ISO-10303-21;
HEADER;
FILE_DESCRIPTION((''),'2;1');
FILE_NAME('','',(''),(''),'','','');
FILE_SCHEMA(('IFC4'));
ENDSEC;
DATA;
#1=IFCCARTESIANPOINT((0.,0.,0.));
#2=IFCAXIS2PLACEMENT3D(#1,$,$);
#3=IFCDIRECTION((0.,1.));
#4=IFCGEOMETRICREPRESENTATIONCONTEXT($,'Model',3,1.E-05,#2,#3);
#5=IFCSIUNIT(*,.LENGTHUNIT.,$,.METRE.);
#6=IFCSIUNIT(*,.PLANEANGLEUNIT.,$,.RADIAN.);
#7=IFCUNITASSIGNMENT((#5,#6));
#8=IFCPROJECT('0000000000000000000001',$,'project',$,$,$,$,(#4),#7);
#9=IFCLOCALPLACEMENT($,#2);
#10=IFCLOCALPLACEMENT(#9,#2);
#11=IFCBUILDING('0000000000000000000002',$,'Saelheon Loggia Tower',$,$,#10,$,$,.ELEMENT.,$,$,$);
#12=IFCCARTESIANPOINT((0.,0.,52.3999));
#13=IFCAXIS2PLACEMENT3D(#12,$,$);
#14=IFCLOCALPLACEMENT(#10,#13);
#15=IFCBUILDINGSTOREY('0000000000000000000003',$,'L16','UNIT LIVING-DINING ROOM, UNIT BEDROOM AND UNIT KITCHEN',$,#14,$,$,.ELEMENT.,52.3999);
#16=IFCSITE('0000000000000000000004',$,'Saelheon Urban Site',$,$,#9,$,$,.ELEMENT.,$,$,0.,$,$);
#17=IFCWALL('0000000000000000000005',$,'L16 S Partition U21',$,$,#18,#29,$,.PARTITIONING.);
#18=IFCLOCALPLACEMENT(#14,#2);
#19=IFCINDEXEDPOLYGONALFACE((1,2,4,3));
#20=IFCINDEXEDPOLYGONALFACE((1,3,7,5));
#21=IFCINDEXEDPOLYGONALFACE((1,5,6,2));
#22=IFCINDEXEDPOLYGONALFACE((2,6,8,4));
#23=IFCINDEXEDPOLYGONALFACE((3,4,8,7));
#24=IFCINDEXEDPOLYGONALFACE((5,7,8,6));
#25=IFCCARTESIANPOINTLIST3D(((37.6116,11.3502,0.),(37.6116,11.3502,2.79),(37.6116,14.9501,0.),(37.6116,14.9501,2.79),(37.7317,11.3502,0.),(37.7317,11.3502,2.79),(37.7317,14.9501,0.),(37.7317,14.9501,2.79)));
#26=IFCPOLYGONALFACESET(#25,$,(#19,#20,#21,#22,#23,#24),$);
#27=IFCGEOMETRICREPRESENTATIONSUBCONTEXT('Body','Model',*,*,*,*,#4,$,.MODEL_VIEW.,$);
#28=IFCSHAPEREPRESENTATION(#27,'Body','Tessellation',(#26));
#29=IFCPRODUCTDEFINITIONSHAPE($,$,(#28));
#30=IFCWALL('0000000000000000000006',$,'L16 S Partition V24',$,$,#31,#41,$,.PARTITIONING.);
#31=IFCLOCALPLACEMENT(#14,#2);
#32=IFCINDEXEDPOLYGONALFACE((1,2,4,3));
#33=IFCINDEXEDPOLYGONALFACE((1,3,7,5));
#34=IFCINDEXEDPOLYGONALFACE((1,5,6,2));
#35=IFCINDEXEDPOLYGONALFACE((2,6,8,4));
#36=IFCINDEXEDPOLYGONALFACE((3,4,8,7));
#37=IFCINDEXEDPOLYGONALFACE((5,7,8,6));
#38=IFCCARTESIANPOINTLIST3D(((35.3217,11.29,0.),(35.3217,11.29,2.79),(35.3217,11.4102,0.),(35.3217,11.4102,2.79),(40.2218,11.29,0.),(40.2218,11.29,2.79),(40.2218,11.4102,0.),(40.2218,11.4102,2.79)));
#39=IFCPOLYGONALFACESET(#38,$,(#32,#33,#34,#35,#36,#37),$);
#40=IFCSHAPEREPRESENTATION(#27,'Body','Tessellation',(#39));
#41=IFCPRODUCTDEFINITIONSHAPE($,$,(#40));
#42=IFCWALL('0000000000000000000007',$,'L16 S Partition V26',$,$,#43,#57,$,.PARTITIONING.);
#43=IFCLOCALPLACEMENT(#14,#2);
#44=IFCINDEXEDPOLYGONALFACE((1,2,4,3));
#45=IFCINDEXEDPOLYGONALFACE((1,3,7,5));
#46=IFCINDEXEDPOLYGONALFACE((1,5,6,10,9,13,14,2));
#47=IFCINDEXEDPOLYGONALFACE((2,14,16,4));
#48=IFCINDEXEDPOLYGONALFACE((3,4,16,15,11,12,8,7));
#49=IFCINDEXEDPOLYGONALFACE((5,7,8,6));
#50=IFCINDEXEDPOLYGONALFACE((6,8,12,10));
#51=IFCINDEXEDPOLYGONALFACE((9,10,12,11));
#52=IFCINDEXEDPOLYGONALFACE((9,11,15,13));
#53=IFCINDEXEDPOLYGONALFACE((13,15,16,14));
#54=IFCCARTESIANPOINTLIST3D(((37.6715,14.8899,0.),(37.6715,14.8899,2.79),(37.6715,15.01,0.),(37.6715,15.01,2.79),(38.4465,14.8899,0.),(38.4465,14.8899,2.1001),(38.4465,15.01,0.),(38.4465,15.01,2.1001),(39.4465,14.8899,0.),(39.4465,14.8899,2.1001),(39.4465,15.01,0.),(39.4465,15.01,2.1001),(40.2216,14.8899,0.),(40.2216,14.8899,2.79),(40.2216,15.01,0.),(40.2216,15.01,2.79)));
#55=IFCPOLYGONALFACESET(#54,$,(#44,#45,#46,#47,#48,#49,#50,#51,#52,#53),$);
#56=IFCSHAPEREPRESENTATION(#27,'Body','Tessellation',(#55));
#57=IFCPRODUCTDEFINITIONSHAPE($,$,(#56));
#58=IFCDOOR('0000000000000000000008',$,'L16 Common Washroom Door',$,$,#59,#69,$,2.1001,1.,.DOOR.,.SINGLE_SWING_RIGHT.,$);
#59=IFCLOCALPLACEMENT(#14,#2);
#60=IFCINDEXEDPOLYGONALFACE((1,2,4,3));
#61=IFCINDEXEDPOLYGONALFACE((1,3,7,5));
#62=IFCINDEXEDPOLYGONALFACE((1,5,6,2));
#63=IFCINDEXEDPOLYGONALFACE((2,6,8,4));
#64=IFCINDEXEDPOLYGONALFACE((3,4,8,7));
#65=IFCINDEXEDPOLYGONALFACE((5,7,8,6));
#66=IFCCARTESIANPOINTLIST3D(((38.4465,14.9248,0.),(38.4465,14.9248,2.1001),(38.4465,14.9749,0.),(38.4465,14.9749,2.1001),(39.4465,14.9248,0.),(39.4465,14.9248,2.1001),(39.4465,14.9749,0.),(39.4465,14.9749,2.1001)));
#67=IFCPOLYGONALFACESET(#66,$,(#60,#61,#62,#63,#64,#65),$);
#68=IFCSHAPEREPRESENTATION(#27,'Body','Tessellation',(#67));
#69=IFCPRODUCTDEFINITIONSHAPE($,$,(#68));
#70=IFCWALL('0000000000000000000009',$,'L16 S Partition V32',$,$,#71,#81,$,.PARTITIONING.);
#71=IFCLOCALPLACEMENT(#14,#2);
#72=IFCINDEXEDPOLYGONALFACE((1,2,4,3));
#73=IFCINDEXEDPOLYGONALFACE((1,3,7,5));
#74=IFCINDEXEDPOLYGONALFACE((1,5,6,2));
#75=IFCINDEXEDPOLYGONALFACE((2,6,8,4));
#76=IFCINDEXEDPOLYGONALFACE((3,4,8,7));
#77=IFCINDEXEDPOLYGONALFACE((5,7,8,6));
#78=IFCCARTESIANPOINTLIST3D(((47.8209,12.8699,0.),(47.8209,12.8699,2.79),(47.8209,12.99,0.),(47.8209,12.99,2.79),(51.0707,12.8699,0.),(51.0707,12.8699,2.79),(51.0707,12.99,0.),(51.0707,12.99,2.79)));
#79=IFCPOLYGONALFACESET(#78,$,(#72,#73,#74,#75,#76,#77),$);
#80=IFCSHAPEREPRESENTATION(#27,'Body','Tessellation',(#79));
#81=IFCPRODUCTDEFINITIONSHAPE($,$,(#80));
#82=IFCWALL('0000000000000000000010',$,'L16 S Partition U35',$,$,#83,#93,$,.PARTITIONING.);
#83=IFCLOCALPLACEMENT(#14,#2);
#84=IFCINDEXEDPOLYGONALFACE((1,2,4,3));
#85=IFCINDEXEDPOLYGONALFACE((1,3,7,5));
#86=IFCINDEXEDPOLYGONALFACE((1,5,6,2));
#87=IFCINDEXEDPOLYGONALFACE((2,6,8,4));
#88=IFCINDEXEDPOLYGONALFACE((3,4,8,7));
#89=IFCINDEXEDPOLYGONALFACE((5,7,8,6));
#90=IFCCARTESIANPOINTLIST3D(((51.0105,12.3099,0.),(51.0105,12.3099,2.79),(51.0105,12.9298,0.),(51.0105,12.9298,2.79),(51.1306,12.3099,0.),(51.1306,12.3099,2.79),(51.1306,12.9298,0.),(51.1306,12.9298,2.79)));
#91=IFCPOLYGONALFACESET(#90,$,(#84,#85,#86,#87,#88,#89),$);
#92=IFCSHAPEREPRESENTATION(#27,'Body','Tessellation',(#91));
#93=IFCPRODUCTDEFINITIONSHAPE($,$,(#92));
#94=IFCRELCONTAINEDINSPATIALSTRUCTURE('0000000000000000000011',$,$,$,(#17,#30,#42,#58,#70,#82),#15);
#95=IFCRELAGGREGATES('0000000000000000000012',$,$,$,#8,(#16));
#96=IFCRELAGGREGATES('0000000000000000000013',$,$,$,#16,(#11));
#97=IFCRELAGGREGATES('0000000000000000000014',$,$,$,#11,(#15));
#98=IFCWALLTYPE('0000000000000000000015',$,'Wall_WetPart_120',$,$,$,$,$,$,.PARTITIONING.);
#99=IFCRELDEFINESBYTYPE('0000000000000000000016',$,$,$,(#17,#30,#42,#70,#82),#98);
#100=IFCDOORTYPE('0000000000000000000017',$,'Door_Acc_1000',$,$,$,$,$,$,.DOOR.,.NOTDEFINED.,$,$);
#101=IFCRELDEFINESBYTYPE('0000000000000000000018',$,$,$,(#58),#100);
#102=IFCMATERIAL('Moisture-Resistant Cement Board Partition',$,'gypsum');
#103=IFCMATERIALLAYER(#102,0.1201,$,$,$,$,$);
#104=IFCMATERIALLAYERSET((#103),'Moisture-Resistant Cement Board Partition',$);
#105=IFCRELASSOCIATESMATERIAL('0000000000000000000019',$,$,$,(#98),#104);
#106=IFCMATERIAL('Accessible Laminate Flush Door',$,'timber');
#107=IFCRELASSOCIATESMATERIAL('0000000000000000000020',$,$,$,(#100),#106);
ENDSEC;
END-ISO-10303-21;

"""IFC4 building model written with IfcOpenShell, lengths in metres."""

from ifc_helpers import new_model, si_unit, direction, frame, frame_2d, origin, place, context, subcontext, project, spatial, rectangle, extrude, source, transform, mapped, material, layer, layer_set, type_object, element, fill, save


model = new_model("IFC4")

# Units and contexts
model_context = context("Model", 3, precision=1e-05, world=origin(), true_north=direction((0.0, 1.0)))
body_context = subcontext(model_context, "Body", "Model", "MODEL_VIEW")
ifc_project = project(units=[si_unit("LENGTHUNIT", "METRE"), si_unit("PLANEANGLEUNIT", "RADIAN")], contexts=[model_context])

# Site, building, storey
site_placement = place(None, origin())
site = spatial("IfcSite", under=ifc_project, at=site_placement, Name="Saelheon Urban Site", CompositionType="ELEMENT", RefElevation=0.0)
building_placement = place(site_placement, origin())
building = spatial("IfcBuilding", under=site, at=building_placement, Name="Saelheon Loggia Tower", CompositionType="ELEMENT")
storey_placement = place(building_placement, frame((0.0, 0.0, 52.3999)))
storey = spatial("IfcBuildingStorey", under=building, at=storey_placement, Name="L16", Description="UNIT LIVING-DINING ROOM, UNIT BEDROOM AND UNIT KITCHEN", CompositionType="ELEMENT", Elevation=52.3999)

# Walls
ifc_material_1 = material(Name="Moisture-Resistant Cement Board Partition", Category="gypsum")
ifc_layer_1 = layer(ifc_material_1, 0.1201)
ifc_layer_set_1 = layer_set([ifc_layer_1], Name="Moisture-Resistant Cement Board Partition")
wall_type_1 = type_object("IfcWallType", Name="Wall_WetPart_120", PredefinedType="PARTITIONING", material=ifc_layer_set_1)
wall_1_placement = place(storey_placement, frame((37.6716, 14.95, 0.0), z_axis=(0.0, 0.0, 1.0), x_axis=(0.0, -1.0, 0.0)))
element("IfcWall", 1, at=wall_1_placement, inside=storey, type_object=wall_type_1, Name="L16 S Partition U21", PredefinedType="PARTITIONING", context=body_context, shape_type="SweptSolid", body=[
    extrude(rectangle(XDim=3.5999, YDim=0.1201, at=frame_2d((1.7998, 0.0))), origin(), (0.0, 0.0, 1.0), 2.79),
])
wall_2_placement = place(storey_placement, frame((35.3215, 11.3501, 0.0), z_axis=(0.0, 0.0, 1.0), x_axis=(1.0, 0.0, 0.0)))
element("IfcWall", 2, at=wall_2_placement, inside=storey, type_object=wall_type_1, Name="L16 S Partition V24", PredefinedType="PARTITIONING", context=body_context, shape_type="SweptSolid", body=[
    extrude(rectangle(XDim=4.9001, YDim=0.1201, at=frame_2d((2.4502, 0.0))), origin(), (0.0, 0.0, 1.0), 2.79),
])

# Wall, opening, door
wall_3_placement = place(storey_placement, frame((37.6716, 14.95, 0.0), z_axis=(0.0, 0.0, 1.0), x_axis=(1.0, 0.0, 0.0)))
wall_3 = element("IfcWall", 3, at=wall_3_placement, inside=storey, type_object=wall_type_1, Name="L16 S Partition V26", PredefinedType="PARTITIONING", context=body_context, shape_type="SweptSolid", body=[
    extrude(rectangle(XDim=2.55, YDim=0.1201, at=frame_2d((1.2749, 0.0))), origin(), (0.0, 0.0, 1.0), 2.79),
])
opening_1_placement = place(wall_3_placement, frame((0.7749, 0.0, 0.0)))
opening_1 = element("IfcOpeningElement", 4, at=opening_1_placement, cuts=wall_3, PredefinedType="OPENING", context=body_context, shape_type="SweptSolid", body=[
    extrude(rectangle(XDim=1.0, YDim=2.1001, at=frame_2d((0.5, 1.05))), frame((0.0, 0.072, 0.0), z_axis=(0.0, -1.0, 0.0), x_axis=(1.0, 0.0, 0.0)), (0.0, 0.0, 1.0), 0.144),
])
ifc_material_2 = material(Name="Accessible Laminate Flush Door", Category="timber")
door_type_1 = type_object("IfcDoorType", Name="Door_Acc_1000", OperationType="NOTDEFINED", PredefinedType="DOOR", material=ifc_material_2)
shared_shape_1 = source(origin(), body_context, "Body", "SweptSolid", [
    extrude(rectangle(XDim=1.0, YDim=2.1001, at=frame_2d((0.5, 1.05))), frame((0.0, 0.0249, 0.0), z_axis=(0.0, -1.0, 0.0), x_axis=(1.0, 0.0, 0.0)), (0.0, 0.0, 1.0), 0.05),
])
door_1_placement = place(opening_1_placement, origin())
door_1 = element("IfcDoor", 5, at=door_1_placement, inside=storey, type_object=door_type_1, Name="L16 Common Washroom Door", OperationType="SINGLE_SWING_RIGHT", OverallHeight=2.1001, OverallWidth=1.0, PredefinedType="DOOR", context=body_context, shape_type="MappedRepresentation", body=[
    mapped(shared_shape_1, transform((0.0, 0.0, 0.0), scale=1.0)),
])
fill(opening_1, door_1)

# Walls
wall_4_placement = place(storey_placement, frame((47.8208, 12.9299, 0.0), z_axis=(0.0, 0.0, 1.0), x_axis=(1.0, 0.0, 0.0)))
element("IfcWall", 6, at=wall_4_placement, inside=storey, type_object=wall_type_1, Name="L16 S Partition V32", PredefinedType="PARTITIONING", context=body_context, shape_type="SweptSolid", body=[
    extrude(rectangle(XDim=3.2498, YDim=0.1201, at=frame_2d((1.625, 0.0))), origin(), (0.0, 0.0, 1.0), 2.79),
])
wall_5_placement = place(storey_placement, frame((51.0706, 12.9299, 0.0), z_axis=(0.0, 0.0, 1.0), x_axis=(0.0, -1.0, 0.0)))
element("IfcWall", 7, at=wall_5_placement, inside=storey, type_object=wall_type_1, Name="L16 S Partition U35", PredefinedType="PARTITIONING", context=body_context, shape_type="SweptSolid", body=[
    extrude(rectangle(XDim=0.6199, YDim=0.1201, at=frame_2d((0.3101, 0.0))), origin(), (0.0, 0.0, 1.0), 2.79),
])

save(model, "model.ifc")
